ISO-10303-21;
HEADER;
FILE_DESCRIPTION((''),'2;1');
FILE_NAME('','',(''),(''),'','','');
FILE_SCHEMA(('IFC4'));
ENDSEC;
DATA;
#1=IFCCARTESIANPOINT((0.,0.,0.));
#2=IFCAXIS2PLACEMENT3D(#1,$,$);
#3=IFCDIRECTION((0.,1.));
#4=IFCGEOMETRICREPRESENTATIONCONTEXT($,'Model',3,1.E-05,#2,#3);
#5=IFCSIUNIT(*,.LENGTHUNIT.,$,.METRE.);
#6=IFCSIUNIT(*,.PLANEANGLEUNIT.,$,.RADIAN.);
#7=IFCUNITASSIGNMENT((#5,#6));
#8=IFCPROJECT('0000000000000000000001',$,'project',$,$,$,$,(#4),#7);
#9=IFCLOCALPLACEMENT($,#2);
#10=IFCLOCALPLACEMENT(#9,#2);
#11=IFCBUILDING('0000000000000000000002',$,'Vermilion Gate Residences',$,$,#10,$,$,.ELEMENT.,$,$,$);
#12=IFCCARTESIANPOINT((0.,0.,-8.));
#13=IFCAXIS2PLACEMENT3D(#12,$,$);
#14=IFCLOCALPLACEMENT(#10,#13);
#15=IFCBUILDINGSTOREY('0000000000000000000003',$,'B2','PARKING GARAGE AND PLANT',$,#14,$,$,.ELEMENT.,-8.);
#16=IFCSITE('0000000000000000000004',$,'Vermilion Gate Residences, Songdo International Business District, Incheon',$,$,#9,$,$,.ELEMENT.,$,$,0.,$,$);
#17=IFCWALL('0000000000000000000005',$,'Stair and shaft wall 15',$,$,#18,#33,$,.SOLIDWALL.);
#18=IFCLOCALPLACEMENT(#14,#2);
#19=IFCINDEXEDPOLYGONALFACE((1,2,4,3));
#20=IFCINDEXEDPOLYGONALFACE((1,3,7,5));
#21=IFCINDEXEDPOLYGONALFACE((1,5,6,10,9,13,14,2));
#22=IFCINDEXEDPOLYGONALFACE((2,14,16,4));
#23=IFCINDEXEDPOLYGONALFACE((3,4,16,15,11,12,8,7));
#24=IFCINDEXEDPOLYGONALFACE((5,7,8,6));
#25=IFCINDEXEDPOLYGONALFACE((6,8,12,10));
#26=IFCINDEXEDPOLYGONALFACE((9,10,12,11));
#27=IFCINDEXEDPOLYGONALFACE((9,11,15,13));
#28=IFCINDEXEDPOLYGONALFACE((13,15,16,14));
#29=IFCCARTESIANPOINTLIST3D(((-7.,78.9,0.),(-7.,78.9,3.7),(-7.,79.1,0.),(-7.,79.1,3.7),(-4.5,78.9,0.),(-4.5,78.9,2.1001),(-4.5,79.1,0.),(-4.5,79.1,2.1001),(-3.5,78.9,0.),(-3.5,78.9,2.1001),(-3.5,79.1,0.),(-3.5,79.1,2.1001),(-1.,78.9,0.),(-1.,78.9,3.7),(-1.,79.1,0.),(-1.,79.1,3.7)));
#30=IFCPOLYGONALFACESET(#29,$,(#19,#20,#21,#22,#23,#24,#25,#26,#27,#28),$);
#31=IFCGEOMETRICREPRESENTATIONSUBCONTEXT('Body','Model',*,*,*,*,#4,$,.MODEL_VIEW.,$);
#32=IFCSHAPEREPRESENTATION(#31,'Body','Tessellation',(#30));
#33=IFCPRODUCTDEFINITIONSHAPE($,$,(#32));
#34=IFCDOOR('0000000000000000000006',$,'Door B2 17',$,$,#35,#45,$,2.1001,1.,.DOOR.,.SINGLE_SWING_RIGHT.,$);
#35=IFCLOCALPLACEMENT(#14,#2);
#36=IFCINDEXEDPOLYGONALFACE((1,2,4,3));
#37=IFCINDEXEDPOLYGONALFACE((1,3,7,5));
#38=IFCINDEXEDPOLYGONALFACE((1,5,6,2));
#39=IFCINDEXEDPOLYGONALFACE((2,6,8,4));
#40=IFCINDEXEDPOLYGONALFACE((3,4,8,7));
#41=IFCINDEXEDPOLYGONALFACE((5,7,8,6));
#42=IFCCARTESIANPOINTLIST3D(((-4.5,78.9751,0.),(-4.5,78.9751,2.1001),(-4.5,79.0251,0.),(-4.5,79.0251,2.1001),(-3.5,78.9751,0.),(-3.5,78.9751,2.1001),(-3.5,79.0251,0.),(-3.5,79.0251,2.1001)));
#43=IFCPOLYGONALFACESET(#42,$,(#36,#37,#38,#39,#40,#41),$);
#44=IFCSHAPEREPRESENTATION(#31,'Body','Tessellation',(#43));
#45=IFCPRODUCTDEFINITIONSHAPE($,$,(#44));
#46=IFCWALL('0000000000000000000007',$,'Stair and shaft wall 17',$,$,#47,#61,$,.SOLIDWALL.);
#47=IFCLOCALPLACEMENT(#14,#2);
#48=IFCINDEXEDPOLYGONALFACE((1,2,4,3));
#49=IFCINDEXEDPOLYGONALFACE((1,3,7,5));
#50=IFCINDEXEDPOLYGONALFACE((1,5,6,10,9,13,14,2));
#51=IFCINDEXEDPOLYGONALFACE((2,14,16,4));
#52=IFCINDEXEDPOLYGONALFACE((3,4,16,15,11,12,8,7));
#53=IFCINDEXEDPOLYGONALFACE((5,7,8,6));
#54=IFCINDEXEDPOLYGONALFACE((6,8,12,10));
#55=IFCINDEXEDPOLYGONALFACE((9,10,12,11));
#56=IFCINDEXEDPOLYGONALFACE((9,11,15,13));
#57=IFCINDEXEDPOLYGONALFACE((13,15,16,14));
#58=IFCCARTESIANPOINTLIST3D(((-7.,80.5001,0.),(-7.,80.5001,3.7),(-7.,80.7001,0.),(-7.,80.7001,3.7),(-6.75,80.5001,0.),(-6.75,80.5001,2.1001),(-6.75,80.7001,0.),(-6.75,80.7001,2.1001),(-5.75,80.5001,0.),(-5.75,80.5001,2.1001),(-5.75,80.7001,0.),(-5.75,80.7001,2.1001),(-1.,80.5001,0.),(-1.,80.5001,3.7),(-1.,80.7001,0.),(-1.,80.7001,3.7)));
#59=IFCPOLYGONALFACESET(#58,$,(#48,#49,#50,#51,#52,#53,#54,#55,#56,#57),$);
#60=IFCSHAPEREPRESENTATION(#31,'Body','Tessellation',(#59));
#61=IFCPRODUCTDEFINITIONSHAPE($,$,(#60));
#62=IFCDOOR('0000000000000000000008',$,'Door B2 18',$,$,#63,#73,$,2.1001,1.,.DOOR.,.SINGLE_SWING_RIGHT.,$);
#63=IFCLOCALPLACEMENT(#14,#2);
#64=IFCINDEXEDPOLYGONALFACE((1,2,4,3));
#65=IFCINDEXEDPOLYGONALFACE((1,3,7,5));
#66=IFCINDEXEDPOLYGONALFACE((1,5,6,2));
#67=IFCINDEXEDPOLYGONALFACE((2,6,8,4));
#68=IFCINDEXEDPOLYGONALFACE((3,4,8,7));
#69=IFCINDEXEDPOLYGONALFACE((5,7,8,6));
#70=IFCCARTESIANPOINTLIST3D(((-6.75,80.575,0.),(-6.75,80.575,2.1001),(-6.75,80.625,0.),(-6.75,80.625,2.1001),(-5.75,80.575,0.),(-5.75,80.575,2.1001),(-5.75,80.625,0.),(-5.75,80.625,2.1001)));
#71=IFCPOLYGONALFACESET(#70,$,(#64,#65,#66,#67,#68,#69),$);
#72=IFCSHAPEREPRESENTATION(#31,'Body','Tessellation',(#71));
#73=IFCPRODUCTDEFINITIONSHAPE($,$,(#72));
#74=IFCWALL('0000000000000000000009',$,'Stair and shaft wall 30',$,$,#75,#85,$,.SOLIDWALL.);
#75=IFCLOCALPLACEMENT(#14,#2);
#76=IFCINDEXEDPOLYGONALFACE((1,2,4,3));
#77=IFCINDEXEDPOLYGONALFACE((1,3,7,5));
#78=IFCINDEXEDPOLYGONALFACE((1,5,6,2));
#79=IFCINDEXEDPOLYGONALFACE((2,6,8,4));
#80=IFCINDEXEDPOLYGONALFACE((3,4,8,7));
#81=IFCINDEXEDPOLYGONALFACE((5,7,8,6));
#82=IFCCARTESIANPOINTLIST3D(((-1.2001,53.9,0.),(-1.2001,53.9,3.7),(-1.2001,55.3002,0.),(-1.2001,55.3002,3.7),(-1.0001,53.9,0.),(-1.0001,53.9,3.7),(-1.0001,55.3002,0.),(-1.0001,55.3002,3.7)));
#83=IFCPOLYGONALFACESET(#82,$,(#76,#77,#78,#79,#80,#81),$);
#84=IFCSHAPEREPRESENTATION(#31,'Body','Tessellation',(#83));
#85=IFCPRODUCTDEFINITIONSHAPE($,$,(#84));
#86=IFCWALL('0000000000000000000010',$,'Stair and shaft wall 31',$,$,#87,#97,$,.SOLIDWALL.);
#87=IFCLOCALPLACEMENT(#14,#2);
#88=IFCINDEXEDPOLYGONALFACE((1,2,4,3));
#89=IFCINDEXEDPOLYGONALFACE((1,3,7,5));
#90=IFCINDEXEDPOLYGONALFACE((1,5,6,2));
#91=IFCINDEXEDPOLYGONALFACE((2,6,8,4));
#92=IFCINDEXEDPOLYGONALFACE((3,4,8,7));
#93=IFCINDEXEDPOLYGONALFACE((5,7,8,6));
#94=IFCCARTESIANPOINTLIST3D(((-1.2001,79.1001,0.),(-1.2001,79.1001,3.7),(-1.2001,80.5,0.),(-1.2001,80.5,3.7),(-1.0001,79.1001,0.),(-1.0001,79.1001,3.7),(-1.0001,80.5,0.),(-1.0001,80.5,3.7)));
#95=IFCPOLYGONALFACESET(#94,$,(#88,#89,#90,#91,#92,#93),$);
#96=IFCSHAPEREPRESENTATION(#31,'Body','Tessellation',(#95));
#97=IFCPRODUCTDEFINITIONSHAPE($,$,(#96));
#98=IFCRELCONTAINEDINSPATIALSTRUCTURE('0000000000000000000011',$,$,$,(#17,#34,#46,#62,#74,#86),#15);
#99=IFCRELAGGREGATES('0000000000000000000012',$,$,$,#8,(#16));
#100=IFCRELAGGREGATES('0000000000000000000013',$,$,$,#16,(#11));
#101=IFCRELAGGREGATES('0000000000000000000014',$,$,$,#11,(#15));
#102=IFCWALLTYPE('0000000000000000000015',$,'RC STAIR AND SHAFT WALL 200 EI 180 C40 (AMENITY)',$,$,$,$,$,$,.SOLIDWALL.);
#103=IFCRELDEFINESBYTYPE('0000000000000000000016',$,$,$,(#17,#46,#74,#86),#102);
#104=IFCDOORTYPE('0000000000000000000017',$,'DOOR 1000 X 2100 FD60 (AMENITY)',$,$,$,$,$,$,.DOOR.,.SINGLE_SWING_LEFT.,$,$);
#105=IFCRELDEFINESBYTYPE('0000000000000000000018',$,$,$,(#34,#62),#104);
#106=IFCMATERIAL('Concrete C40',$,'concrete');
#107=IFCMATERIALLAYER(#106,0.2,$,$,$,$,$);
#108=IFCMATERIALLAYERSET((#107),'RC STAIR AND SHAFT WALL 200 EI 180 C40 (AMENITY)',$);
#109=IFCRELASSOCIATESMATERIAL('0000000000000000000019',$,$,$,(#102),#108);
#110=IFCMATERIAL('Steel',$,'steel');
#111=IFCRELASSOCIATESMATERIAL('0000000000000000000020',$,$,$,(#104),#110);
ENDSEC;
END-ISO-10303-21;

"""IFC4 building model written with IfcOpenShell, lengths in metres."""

from ifc_helpers import new_model, si_unit, direction, frame, frame_2d, origin, place, context, subcontext, project, spatial, rectangle, extrude, material, layer, layer_set, type_object, element, fill, save


model = new_model("IFC4")

# Units and contexts
model_context = context("Model", 3, precision=1e-05, world=origin(), true_north=direction((0.0, 1.0)))
body_context = subcontext(model_context, "Body", "Model", "MODEL_VIEW")
ifc_project = project(units=[si_unit("LENGTHUNIT", "METRE"), si_unit("PLANEANGLEUNIT", "RADIAN")], contexts=[model_context])

# Site, building, storey
site_placement = place(None, origin())
site = spatial("IfcSite", under=ifc_project, at=site_placement, Name="Vermilion Gate Residences, Songdo International Business District, Incheon", CompositionType="ELEMENT", RefElevation=0.0)
building_placement = place(site_placement, origin())
building = spatial("IfcBuilding", under=site, at=building_placement, Name="Vermilion Gate Residences", CompositionType="ELEMENT")
storey_placement = place(building_placement, frame((0.0, 0.0, -8.0)))
storey = spatial("IfcBuildingStorey", under=building, at=storey_placement, Name="B2", Description="PARKING GARAGE AND PLANT", CompositionType="ELEMENT", Elevation=-8.0)

# Shared definitions
ifc_material_1 = material(Name="Concrete C40", Category="concrete")
ifc_layer_1 = layer(ifc_material_1, 0.2)
ifc_layer_set_1 = layer_set([ifc_layer_1], Name="RC STAIR AND SHAFT WALL 200 EI 180 C40 (AMENITY)")
wall_type_1 = type_object("IfcWallType", Name="RC STAIR AND SHAFT WALL 200 EI 180 C40 (AMENITY)", PredefinedType="SOLIDWALL", material=ifc_layer_set_1)

# Shared definitions
ifc_material_2 = material(Name="Steel", Category="steel")
door_type = type_object("IfcDoorType", Name="DOOR 1000 X 2100 FD60 (AMENITY)", OperationType="SINGLE_SWING_LEFT", PredefinedType="DOOR", material=ifc_material_2)

# Walls, openings, doors
wall_1_placement = place(storey_placement, frame((-7.0, 79.0, 0.0), z_axis=(0.0, 0.0, 1.0), x_axis=(1.0, 0.0, 0.0)))
wall_1 = element("IfcWall", 1, at=wall_1_placement, inside=storey, type_object=wall_type_1, Name="Stair and shaft wall 15", PredefinedType="SOLIDWALL", context=body_context, shape_type="SweptSolid", body=[
    extrude(rectangle(XDim=6.0, YDim=0.2, at=frame_2d((3.0, 0.0))), origin(), (0.0, 0.0, 1.0), 3.7),
])
opening_1_placement = place(wall_1_placement, frame((2.5, 0.0, 0.0)))
opening_1 = element("IfcOpeningElement", 2, at=opening_1_placement, cuts=wall_1, PredefinedType="OPENING", context=body_context, shape_type="SweptSolid", body=[
    extrude(rectangle(XDim=1.0, YDim=2.1001, at=frame_2d((0.5, 1.05))), frame((0.0, 0.1099, 0.0), z_axis=(0.0, -1.0, 0.0), x_axis=(1.0, 0.0, 0.0)), (0.0, 0.0, 1.0), 0.22),
])
door_1_placement = place(opening_1_placement, frame((1.0, 0.0, 0.0), z_axis=(0.0, 0.0, 1.0), x_axis=(-1.0, 0.0, 0.0)))
door_1 = element("IfcDoor", 3, at=door_1_placement, inside=storey, type_object=door_type, Name="Door B2 17", OperationType="SINGLE_SWING_RIGHT", OverallHeight=2.1001, OverallWidth=1.0, PredefinedType="DOOR", context=body_context, shape_type="SweptSolid", body=[
    extrude(rectangle(XDim=1.0, YDim=2.1001, at=frame_2d((0.5, 1.05))), frame((0.0, 0.0249, 0.0), z_axis=(0.0, -1.0, 0.0), x_axis=(1.0, 0.0, 0.0)), (0.0, 0.0, 1.0), 0.05),
])
fill(opening_1, door_1)
wall_2_placement = place(storey_placement, frame((-7.0, 80.6001, 0.0), z_axis=(0.0, 0.0, 1.0), x_axis=(1.0, 0.0, 0.0)))
wall_2 = element("IfcWall", 4, at=wall_2_placement, inside=storey, type_object=wall_type_1, Name="Stair and shaft wall 17", PredefinedType="SOLIDWALL", context=body_context, shape_type="SweptSolid", body=[
    extrude(rectangle(XDim=6.0, YDim=0.2, at=frame_2d((3.0, 0.0))), origin(), (0.0, 0.0, 1.0), 3.7),
])
opening_2_placement = place(wall_2_placement, frame((0.25, 0.0, 0.0)))
opening_2 = element("IfcOpeningElement", 5, at=opening_2_placement, cuts=wall_2, PredefinedType="OPENING", context=body_context, shape_type="SweptSolid", body=[
    extrude(rectangle(XDim=1.0, YDim=2.1001, at=frame_2d((0.5, 1.05))), frame((0.0, 0.1099, 0.0), z_axis=(0.0, -1.0, 0.0), x_axis=(1.0, 0.0, 0.0)), (0.0, 0.0, 1.0), 0.22),
])
door_2_placement = place(opening_2_placement, origin())
door_2 = element("IfcDoor", 6, at=door_2_placement, inside=storey, type_object=door_type, Name="Door B2 18", OperationType="SINGLE_SWING_RIGHT", OverallHeight=2.1001, OverallWidth=1.0, PredefinedType="DOOR", context=body_context, shape_type="SweptSolid", body=[
    extrude(rectangle(XDim=1.0, YDim=2.1001, at=frame_2d((0.5, 1.05))), frame((0.0, 0.0249, 0.0), z_axis=(0.0, -1.0, 0.0), x_axis=(1.0, 0.0, 0.0)), (0.0, 0.0, 1.0), 0.05),
])
fill(opening_2, door_2)

# Walls
wall_3_placement = place(storey_placement, frame((-1.1001, 53.8999, 0.0), z_axis=(0.0, 0.0, 1.0), x_axis=(0.0, 1.0, 0.0)))
element("IfcWall", 7, at=wall_3_placement, inside=storey, type_object=wall_type_1, Name="Stair and shaft wall 30", PredefinedType="SOLIDWALL", context=body_context, shape_type="SweptSolid", body=[
    extrude(rectangle(XDim=1.4001, YDim=0.2, at=frame_2d((0.7002, 0.0))), origin(), (0.0, 0.0, 1.0), 3.7),
])
wall_4_placement = place(storey_placement, frame((-1.1001, 79.1001, 0.0), z_axis=(0.0, 0.0, 1.0), x_axis=(0.0, 1.0, 0.0)))
element("IfcWall", 8, at=wall_4_placement, inside=storey, type_object=wall_type_1, Name="Stair and shaft wall 31", PredefinedType="SOLIDWALL", context=body_context, shape_type="SweptSolid", body=[
    extrude(rectangle(XDim=1.3999, YDim=0.2, at=frame_2d((0.7, 0.0))), origin(), (0.0, 0.0, 1.0), 3.7),
])

save(model, "model.ifc")
